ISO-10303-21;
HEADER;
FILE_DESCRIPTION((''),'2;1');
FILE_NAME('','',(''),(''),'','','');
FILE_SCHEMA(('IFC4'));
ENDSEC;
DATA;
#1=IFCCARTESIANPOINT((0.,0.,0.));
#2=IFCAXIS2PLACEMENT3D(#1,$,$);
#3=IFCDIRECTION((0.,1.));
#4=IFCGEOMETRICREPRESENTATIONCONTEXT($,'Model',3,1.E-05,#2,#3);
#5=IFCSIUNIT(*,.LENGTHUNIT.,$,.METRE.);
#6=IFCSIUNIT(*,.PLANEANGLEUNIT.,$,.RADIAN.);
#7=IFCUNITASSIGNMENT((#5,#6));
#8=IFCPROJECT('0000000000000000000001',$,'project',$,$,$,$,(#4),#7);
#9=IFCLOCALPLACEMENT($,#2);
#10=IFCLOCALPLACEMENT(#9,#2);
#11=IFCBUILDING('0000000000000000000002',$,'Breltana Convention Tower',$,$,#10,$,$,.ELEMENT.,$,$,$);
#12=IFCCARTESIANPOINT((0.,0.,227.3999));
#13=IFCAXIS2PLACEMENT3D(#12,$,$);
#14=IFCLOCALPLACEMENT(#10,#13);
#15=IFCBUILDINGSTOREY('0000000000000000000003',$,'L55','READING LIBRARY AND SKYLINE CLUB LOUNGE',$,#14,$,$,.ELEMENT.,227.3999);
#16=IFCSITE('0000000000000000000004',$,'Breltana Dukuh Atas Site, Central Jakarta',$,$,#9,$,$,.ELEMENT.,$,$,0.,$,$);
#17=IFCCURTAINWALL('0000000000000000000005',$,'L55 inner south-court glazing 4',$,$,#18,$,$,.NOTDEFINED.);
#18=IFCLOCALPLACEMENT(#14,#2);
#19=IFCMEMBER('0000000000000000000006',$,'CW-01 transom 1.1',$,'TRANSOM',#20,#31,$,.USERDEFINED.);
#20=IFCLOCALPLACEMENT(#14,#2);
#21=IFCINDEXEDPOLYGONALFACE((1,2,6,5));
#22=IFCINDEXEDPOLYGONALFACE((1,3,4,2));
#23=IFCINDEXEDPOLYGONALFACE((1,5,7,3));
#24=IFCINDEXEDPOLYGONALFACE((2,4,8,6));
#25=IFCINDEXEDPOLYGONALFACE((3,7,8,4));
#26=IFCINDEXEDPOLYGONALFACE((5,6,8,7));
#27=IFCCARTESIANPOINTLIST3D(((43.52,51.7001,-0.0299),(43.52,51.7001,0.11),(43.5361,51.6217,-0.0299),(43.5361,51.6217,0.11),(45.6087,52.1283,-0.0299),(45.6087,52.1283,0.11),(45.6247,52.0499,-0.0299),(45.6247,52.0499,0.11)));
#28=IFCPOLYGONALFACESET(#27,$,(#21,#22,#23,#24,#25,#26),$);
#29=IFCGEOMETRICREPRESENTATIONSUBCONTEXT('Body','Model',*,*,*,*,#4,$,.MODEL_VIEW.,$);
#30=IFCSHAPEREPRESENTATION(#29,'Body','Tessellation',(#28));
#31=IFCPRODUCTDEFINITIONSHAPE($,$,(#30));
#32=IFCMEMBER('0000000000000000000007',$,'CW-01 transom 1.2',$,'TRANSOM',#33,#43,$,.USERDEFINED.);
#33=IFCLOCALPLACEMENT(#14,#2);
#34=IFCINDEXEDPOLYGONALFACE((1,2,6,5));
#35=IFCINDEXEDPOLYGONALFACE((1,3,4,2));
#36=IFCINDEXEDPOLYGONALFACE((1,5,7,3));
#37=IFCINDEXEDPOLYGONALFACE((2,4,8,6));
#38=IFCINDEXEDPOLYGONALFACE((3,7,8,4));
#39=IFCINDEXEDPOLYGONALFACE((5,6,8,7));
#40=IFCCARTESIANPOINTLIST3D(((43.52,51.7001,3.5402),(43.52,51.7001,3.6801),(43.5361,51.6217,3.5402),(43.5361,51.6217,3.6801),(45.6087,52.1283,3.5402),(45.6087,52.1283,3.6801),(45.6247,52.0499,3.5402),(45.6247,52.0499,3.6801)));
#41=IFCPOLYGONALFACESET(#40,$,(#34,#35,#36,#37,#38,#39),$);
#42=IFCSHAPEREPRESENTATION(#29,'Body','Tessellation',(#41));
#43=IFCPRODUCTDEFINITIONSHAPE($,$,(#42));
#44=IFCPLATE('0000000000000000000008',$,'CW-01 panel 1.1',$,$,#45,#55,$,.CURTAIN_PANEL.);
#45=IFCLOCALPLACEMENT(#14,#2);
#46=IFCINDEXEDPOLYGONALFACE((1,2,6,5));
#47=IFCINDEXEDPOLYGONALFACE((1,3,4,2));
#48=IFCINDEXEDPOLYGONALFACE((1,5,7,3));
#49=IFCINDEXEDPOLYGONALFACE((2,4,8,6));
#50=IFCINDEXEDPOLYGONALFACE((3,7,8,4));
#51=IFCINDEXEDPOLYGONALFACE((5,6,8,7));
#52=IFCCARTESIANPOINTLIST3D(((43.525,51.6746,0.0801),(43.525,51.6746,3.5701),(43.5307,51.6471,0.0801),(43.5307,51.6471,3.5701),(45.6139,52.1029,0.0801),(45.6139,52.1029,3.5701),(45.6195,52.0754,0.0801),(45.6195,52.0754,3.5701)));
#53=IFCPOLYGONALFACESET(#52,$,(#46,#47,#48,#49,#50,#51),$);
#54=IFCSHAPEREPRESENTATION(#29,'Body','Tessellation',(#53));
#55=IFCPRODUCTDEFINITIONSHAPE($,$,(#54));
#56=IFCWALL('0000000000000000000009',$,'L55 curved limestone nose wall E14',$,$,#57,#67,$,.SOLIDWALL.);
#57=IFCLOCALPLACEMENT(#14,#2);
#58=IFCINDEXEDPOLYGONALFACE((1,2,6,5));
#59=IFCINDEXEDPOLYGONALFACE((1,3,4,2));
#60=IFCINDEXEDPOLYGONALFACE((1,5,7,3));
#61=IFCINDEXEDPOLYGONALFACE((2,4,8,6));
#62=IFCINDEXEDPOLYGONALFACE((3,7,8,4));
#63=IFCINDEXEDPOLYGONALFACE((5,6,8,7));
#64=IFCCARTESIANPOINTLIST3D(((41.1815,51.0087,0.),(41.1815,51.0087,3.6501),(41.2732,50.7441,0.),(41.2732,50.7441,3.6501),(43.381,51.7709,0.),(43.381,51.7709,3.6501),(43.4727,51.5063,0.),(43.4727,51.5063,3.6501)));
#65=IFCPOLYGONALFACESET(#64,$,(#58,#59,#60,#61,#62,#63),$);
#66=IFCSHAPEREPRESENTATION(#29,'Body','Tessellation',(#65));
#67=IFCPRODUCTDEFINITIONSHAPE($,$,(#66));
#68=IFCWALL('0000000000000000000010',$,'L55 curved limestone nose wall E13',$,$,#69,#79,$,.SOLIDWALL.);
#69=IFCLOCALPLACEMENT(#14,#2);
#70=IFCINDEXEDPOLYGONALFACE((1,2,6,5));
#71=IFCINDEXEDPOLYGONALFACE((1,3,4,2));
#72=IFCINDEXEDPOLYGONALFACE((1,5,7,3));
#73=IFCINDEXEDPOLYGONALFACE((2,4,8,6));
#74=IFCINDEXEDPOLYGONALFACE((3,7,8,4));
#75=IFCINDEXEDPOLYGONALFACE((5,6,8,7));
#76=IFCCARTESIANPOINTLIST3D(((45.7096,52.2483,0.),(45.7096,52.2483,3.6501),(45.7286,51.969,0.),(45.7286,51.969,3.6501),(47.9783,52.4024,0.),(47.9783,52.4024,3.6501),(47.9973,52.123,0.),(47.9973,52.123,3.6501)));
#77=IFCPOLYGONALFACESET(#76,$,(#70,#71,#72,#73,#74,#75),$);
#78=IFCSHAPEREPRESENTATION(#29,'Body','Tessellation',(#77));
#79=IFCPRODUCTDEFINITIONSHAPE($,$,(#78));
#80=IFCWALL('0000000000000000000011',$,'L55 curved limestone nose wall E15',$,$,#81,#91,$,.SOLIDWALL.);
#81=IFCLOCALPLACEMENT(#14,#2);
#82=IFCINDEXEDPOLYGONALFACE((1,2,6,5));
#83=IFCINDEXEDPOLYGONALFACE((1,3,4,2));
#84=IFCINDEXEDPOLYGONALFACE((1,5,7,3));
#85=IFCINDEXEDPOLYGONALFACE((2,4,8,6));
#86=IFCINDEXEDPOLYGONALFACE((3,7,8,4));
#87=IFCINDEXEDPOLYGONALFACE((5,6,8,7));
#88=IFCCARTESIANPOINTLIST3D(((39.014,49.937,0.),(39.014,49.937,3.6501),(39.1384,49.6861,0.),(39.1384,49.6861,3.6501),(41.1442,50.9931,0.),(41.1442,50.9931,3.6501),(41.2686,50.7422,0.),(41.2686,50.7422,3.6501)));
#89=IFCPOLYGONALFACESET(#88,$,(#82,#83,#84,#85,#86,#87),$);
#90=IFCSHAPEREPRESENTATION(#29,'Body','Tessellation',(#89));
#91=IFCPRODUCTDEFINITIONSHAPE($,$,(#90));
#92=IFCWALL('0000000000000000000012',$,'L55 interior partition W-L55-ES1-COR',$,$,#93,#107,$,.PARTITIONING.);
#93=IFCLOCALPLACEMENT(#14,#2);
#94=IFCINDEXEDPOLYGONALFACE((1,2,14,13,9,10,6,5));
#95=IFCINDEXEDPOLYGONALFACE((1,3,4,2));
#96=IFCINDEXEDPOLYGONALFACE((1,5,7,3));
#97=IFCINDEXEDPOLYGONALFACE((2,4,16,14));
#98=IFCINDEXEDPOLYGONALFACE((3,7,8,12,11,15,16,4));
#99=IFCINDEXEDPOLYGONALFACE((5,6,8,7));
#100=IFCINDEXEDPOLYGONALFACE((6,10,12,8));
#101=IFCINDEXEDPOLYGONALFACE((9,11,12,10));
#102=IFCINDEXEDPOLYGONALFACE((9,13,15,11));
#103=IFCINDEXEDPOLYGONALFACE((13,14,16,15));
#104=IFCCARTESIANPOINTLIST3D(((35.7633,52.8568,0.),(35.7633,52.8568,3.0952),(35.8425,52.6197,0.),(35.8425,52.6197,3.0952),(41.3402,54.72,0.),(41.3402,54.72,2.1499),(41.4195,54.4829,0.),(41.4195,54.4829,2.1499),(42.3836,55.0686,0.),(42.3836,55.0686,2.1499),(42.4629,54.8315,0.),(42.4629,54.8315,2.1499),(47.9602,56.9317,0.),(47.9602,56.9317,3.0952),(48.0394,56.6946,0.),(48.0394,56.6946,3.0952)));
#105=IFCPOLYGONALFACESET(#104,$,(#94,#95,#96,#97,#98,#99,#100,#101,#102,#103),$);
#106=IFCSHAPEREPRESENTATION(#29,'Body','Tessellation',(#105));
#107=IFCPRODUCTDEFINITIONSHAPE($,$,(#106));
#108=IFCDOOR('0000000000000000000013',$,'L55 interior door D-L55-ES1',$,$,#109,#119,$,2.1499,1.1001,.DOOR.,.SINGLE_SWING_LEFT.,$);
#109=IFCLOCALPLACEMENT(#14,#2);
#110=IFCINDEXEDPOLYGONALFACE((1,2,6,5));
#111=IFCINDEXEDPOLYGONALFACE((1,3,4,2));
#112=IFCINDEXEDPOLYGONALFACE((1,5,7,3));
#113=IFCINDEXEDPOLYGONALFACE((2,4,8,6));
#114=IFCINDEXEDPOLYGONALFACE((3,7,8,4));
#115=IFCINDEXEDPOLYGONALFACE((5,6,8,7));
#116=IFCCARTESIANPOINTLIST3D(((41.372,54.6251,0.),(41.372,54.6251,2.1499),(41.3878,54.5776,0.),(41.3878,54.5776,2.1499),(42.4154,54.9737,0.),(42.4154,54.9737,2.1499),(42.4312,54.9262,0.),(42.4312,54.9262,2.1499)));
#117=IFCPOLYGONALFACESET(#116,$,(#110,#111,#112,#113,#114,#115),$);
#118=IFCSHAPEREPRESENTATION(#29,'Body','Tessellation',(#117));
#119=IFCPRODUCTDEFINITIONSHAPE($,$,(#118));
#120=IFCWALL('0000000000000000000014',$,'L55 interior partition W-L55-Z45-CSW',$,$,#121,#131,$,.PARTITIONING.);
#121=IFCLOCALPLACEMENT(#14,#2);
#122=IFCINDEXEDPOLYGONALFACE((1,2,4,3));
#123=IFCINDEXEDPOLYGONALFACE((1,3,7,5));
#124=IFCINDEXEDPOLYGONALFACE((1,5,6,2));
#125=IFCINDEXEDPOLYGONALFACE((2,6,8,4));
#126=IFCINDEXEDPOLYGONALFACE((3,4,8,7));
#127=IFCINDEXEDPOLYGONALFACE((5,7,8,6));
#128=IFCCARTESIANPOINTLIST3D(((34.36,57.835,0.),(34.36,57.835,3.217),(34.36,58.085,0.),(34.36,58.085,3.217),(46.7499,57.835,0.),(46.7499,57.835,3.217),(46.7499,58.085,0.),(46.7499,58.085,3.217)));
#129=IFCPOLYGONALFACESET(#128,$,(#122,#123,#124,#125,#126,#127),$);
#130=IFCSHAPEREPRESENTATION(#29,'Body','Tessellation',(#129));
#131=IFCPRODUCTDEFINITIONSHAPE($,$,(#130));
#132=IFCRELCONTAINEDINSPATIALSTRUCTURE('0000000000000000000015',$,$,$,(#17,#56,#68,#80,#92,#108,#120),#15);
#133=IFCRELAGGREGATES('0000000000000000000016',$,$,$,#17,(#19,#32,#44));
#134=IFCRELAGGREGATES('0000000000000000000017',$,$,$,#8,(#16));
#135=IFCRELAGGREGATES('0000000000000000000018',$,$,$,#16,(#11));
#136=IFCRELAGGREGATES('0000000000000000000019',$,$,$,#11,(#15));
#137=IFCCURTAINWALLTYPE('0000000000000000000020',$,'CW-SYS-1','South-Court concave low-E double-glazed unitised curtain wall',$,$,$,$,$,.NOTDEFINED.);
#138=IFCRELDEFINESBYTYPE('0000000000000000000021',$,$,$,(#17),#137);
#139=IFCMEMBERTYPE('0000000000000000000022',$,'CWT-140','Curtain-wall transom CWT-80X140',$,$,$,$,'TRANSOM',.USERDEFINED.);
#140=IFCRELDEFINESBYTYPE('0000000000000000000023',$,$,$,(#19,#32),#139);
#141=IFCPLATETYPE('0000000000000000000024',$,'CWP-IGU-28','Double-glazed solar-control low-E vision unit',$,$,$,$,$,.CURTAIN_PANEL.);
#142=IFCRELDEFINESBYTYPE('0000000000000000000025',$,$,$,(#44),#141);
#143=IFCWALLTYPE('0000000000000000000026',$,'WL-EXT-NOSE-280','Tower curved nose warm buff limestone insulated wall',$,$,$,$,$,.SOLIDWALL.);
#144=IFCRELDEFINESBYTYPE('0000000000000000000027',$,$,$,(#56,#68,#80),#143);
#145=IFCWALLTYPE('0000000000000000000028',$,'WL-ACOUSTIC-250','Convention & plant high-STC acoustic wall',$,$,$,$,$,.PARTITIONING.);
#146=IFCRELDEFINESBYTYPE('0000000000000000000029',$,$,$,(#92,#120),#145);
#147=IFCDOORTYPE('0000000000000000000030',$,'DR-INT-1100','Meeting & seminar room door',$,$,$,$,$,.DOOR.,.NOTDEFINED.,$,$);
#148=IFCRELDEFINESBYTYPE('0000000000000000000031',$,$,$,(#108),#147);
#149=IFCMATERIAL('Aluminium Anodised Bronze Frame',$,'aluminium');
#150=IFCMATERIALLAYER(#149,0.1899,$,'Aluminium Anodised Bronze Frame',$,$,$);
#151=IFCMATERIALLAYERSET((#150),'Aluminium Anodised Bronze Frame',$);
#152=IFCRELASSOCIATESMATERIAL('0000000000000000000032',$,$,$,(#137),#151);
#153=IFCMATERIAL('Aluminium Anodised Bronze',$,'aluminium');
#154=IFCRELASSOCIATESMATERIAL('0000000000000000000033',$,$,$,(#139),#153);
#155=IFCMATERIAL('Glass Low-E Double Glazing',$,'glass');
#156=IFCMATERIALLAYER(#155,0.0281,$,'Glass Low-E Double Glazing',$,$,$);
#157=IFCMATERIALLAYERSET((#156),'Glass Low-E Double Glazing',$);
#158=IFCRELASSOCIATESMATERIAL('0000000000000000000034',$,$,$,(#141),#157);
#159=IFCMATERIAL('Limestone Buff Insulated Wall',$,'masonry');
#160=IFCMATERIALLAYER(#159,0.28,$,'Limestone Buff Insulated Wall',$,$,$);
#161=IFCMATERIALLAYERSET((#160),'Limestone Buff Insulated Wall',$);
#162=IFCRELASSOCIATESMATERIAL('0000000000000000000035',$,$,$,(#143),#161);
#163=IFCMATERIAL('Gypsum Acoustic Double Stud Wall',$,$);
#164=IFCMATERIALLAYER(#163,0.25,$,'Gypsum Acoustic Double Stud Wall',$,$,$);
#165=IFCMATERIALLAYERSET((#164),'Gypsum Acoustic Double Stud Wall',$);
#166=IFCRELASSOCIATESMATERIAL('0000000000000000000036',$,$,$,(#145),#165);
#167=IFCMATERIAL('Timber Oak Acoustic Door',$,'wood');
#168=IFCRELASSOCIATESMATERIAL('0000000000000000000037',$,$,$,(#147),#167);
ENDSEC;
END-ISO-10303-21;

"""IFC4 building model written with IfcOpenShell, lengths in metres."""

from ifc_helpers import new_model, si_unit, direction, frame, frame_2d, origin, origin_2d, place, context, subcontext, project, spatial, rectangle, extrude, source, transform, mapped, material, layer, layer_set, material_profile, profile_set, type_object, type_shapes, element, fill, aggregate, save


model = new_model("IFC4")

# Units and contexts
model_context = context("Model", 3, precision=1e-05, world=origin(), true_north=direction((0.0, 1.0)))
body_context = subcontext(model_context, "Body", "Model", "MODEL_VIEW")
ifc_project = project(units=[si_unit("LENGTHUNIT", "METRE"), si_unit("PLANEANGLEUNIT", "RADIAN")], contexts=[model_context])

# Site, building, storey
site_placement = place(None, origin())
site = spatial("IfcSite", under=ifc_project, at=site_placement, Name="Breltana Dukuh Atas Site, Central Jakarta", CompositionType="ELEMENT", RefElevation=0.0)
building_placement = place(site_placement, origin())
building = spatial("IfcBuilding", under=site, at=building_placement, Name="Breltana Convention Tower", CompositionType="ELEMENT")
storey_placement = place(building_placement, frame((0.0, 0.0, 227.3999)))
storey = spatial("IfcBuildingStorey", under=building, at=storey_placement, Name="L55", Description="READING LIBRARY AND SKYLINE CLUB LOUNGE", CompositionType="ELEMENT", Elevation=227.3999)

# Curtain wall, members, plate
ifc_material_1 = material(Name="Aluminium Anodised Bronze Frame", Category="aluminium")
ifc_layer_1 = layer(ifc_material_1, 0.1899, Name="Aluminium Anodised Bronze Frame")
ifc_layer_set_1 = layer_set([ifc_layer_1], Name="Aluminium Anodised Bronze Frame")
curtain_wall_type = type_object("IfcCurtainWallType", Name="CW-SYS-1", Description="South-Court concave low-E double-glazed unitised curtain wall", PredefinedType="NOTDEFINED", material=ifc_layer_set_1)
curtain_wall_placement = place(storey_placement, origin())
curtain_wall = element("IfcCurtainWall", 1, at=curtain_wall_placement, inside=storey, type_object=curtain_wall_type, Name="L55 inner south-court glazing 4", PredefinedType="NOTDEFINED")
ifc_material_2 = material(Name="Aluminium Anodised Bronze", Category="aluminium")
ifc_material_profile_1 = material_profile(ifc_material_2, rectangle(XDim=0.0801, YDim=0.1399, at=origin_2d()), Name="CWT-80X140")
ifc_profile_set_1 = profile_set([ifc_material_profile_1], Name="Aluminium Anodised Bronze")
member_type_1 = type_object("IfcMemberType", Name="CWT-140", Description="Curtain-wall transom CWT-80X140", ElementType="TRANSOM", PredefinedType="USERDEFINED", material=ifc_profile_set_1)
shared_shape_1 = source(origin(), body_context, "Body", "SweptSolid", [
    extrude(rectangle(XDim=0.0801, YDim=0.1399, at=origin_2d()), origin(), (0.0, 0.0, 1.0), 2.1321),
])
member_1_placement = place(storey_placement, frame((45.6167, 52.0891, 0.04), z_axis=(-0.979622, -0.200848, 0.0), x_axis=(0.200848, -0.979622, 0.0)))
member_1 = element("IfcMember", 2, at=member_1_placement, type_object=member_type_1, Name="CW-01 transom 1.1", ObjectType="TRANSOM", PredefinedType="USERDEFINED", context=body_context, shape_type="MappedRepresentation", body=[
    mapped(shared_shape_1, transform((0.0, 0.0, 0.0), scale=1.0)),
])
member_2_placement = place(storey_placement, frame((45.6167, 52.0891, 3.6101), z_axis=(-0.979622, -0.200848, 0.0), x_axis=(0.200848, -0.979622, 0.0)))
member_2 = element("IfcMember", 3, at=member_2_placement, type_object=member_type_1, Name="CW-01 transom 1.2", ObjectType="TRANSOM", PredefinedType="USERDEFINED", context=body_context, shape_type="MappedRepresentation", body=[
    mapped(shared_shape_1, transform((0.0, 0.0, 0.0), scale=1.0)),
])
ifc_material_3 = material(Name="Glass Low-E Double Glazing", Category="glass")
ifc_layer_2 = layer(ifc_material_3, 0.0281, Name="Glass Low-E Double Glazing")
ifc_layer_set_2 = layer_set([ifc_layer_2], Name="Glass Low-E Double Glazing")
plate_type = type_object("IfcPlateType", Name="CWP-IGU-28", Description="Double-glazed solar-control low-E vision unit", PredefinedType="CURTAIN_PANEL", material=ifc_layer_set_2)
shared_shape_2 = source(origin(), body_context, "Body", "SweptSolid", [
    extrude(rectangle(XDim=2.1323, YDim=0.0281, at=origin_2d()), origin(), (0.0, 0.0, 1.0), 3.49),
])
plate_placement = place(storey_placement, frame((44.5723, 51.875, 0.0801), z_axis=(0.0, 0.0, 1.0), x_axis=(-0.979621, -0.200854, 0.0)))
plate = element("IfcPlate", 4, at=plate_placement, type_object=plate_type, Name="CW-01 panel 1.1", PredefinedType="CURTAIN_PANEL", context=body_context, shape_type="MappedRepresentation", body=[
    mapped(shared_shape_2, transform((0.0, 0.0, 0.0), scale=1.0)),
])
aggregate(curtain_wall, [member_1, member_2, plate])

# Walls
ifc_material_4 = material(Name="Limestone Buff Insulated Wall", Category="masonry")
ifc_layer_3 = layer(ifc_material_4, 0.28, Name="Limestone Buff Insulated Wall")
ifc_layer_set_3 = layer_set([ifc_layer_3], Name="Limestone Buff Insulated Wall")
wall_type_1 = type_object("IfcWallType", Name="WL-EXT-NOSE-280", Description="Tower curved nose warm buff limestone insulated wall", PredefinedType="SOLIDWALL", material=ifc_layer_set_3)
shared_shape_3 = source(origin(), body_context, "Body", "SweptSolid", [
    extrude(rectangle(XDim=2.3279, YDim=0.28, at=frame_2d((1.1641, 0.0))), origin(), (0.0, 0.0, 1.0), 3.6501),
])
wall_1_placement = place(storey_placement, frame((43.427, 51.6387, 0.0), z_axis=(0.0, 0.0, 1.0), x_axis=(-0.944873, -0.327438, 0.0)))
element("IfcWall", 5, at=wall_1_placement, inside=storey, type_object=wall_type_1, Name="L55 curved limestone nose wall E14", PredefinedType="SOLIDWALL", context=body_context, shape_type="MappedRepresentation", body=[
    mapped(shared_shape_3, transform((0.0, 0.0, 0.0), scale=1.0)),
])
shared_shape_4 = source(origin(), body_context, "Body", "SweptSolid", [
    extrude(rectangle(XDim=2.2739, YDim=0.28, at=frame_2d((1.137, 0.0))), origin(), (0.0, 0.0, 1.0), 3.6501),
])
wall_2_placement = place(storey_placement, frame((47.9878, 52.2627, 0.0), z_axis=(0.0, 0.0, 1.0), x_axis=(-0.997703, -0.067745, 0.0)))
element("IfcWall", 6, at=wall_2_placement, inside=storey, type_object=wall_type_1, Name="L55 curved limestone nose wall E13", PredefinedType="SOLIDWALL", context=body_context, shape_type="MappedRepresentation", body=[
    mapped(shared_shape_4, transform((0.0, 0.0, 0.0), scale=1.0)),
])
shared_shape_5 = source(origin(), body_context, "Body", "SweptSolid", [
    extrude(rectangle(XDim=2.3777, YDim=0.28, at=frame_2d((1.189, 0.0))), origin(), (0.0, 0.0, 1.0), 3.6501),
])
wall_3_placement = place(storey_placement, frame((41.2065, 50.8677, 0.0), z_axis=(0.0, 0.0, 1.0), x_axis=(-0.895942, -0.444172, 0.0)))
element("IfcWall", 7, at=wall_3_placement, inside=storey, type_object=wall_type_1, Name="L55 curved limestone nose wall E15", PredefinedType="SOLIDWALL", context=body_context, shape_type="MappedRepresentation", body=[
    mapped(shared_shape_5, transform((0.0, 0.0, 0.0), scale=1.0)),
])

# Wall, opening, door
ifc_material_5 = material(Name="Gypsum Acoustic Double Stud Wall")
ifc_layer_4 = layer(ifc_material_5, 0.25, Name="Gypsum Acoustic Double Stud Wall")
ifc_layer_set_4 = layer_set([ifc_layer_4], Name="Gypsum Acoustic Double Stud Wall")
wall_type_2 = type_object("IfcWallType", Name="WL-ACOUSTIC-250", Description="Convention & plant high-STC acoustic wall", PredefinedType="PARTITIONING", material=ifc_layer_set_4)
shared_shape_6 = source(origin(), body_context, "Body", "SweptSolid", [
    extrude(rectangle(XDim=12.8596, YDim=0.25, at=frame_2d((6.4297, 0.0))), origin(), (0.0, 0.0, 1.0), 3.0952),
])
wall_4_placement = place(storey_placement, frame((35.803, 52.7383, 0.0), z_axis=(0.0, 0.0, 1.0), x_axis=(0.948467, 0.316877, 0.0)))
wall_4 = element("IfcWall", 8, at=wall_4_placement, inside=storey, type_object=wall_type_2, Name="L55 interior partition W-L55-ES1-COR", PredefinedType="PARTITIONING", context=body_context, shape_type="MappedRepresentation", body=[
    mapped(shared_shape_6, transform((0.0, 0.0, 0.0), scale=1.0)),
])
opening_1_placement = place(wall_4_placement, frame((5.8799, 0.0, 0.0)))
opening_1 = element("IfcOpeningElement", 9, at=opening_1_placement, cuts=wall_4, PredefinedType="OPENING", context=body_context, shape_type="SweptSolid", body=[
    extrude(rectangle(XDim=1.1001, YDim=2.1499, at=frame_2d((0.55, 1.075))), frame((0.0, 0.135, 0.0), z_axis=(0.0, -1.0, 0.0), x_axis=(1.0, 0.0, 0.0)), (0.0, 0.0, 1.0), 0.27),
])
ifc_material_6 = material(Name="Timber Oak Acoustic Door", Category="wood")
door_type = type_object("IfcDoorType", Name="DR-INT-1100", Description="Meeting & seminar room door", OperationType="NOTDEFINED", PredefinedType="DOOR", material=ifc_material_6)
shared_shape_7 = source(origin(), body_context, "Body", "SweptSolid", [
    extrude(rectangle(XDim=1.1001, YDim=2.1499, at=frame_2d((0.55, 1.075))), frame((0.0, 0.0249, 0.0), z_axis=(0.0, -1.0, 0.0), x_axis=(1.0, 0.0, 0.0)), (0.0, 0.0, 1.0), 0.05),
])
type_shapes(door_type, [shared_shape_7])
door_1_placement = place(opening_1_placement, origin())
door_1 = element("IfcDoor", 10, at=door_1_placement, inside=storey, type_object=door_type, Name="L55 interior door D-L55-ES1", OperationType="SINGLE_SWING_LEFT", OverallHeight=2.1499, OverallWidth=1.1001, PredefinedType="DOOR", context=body_context, shape_type="MappedRepresentation", body=[
    mapped(shared_shape_7, transform((0.0, 0.0, 0.0), scale=1.0)),
])
fill(opening_1, door_1)

# Wall
shared_shape_8 = source(origin(), body_context, "Body", "SweptSolid", [
    extrude(rectangle(XDim=12.3899, YDim=0.25, at=frame_2d((6.1948, 0.0))), origin(), (0.0, 0.0, 1.0), 3.217),
])
wall_5_placement = place(storey_placement, frame((34.3601, 57.96, 0.0), z_axis=(0.0, 0.0, 1.0), x_axis=(1.0, 0.0, 0.0)))
element("IfcWall", 11, at=wall_5_placement, inside=storey, type_object=wall_type_2, Name="L55 interior partition W-L55-Z45-CSW", PredefinedType="PARTITIONING", context=body_context, shape_type="MappedRepresentation", body=[
    mapped(shared_shape_8, transform((0.0, 0.0, 0.0), scale=1.0)),
])

save(model, "model.ifc")
